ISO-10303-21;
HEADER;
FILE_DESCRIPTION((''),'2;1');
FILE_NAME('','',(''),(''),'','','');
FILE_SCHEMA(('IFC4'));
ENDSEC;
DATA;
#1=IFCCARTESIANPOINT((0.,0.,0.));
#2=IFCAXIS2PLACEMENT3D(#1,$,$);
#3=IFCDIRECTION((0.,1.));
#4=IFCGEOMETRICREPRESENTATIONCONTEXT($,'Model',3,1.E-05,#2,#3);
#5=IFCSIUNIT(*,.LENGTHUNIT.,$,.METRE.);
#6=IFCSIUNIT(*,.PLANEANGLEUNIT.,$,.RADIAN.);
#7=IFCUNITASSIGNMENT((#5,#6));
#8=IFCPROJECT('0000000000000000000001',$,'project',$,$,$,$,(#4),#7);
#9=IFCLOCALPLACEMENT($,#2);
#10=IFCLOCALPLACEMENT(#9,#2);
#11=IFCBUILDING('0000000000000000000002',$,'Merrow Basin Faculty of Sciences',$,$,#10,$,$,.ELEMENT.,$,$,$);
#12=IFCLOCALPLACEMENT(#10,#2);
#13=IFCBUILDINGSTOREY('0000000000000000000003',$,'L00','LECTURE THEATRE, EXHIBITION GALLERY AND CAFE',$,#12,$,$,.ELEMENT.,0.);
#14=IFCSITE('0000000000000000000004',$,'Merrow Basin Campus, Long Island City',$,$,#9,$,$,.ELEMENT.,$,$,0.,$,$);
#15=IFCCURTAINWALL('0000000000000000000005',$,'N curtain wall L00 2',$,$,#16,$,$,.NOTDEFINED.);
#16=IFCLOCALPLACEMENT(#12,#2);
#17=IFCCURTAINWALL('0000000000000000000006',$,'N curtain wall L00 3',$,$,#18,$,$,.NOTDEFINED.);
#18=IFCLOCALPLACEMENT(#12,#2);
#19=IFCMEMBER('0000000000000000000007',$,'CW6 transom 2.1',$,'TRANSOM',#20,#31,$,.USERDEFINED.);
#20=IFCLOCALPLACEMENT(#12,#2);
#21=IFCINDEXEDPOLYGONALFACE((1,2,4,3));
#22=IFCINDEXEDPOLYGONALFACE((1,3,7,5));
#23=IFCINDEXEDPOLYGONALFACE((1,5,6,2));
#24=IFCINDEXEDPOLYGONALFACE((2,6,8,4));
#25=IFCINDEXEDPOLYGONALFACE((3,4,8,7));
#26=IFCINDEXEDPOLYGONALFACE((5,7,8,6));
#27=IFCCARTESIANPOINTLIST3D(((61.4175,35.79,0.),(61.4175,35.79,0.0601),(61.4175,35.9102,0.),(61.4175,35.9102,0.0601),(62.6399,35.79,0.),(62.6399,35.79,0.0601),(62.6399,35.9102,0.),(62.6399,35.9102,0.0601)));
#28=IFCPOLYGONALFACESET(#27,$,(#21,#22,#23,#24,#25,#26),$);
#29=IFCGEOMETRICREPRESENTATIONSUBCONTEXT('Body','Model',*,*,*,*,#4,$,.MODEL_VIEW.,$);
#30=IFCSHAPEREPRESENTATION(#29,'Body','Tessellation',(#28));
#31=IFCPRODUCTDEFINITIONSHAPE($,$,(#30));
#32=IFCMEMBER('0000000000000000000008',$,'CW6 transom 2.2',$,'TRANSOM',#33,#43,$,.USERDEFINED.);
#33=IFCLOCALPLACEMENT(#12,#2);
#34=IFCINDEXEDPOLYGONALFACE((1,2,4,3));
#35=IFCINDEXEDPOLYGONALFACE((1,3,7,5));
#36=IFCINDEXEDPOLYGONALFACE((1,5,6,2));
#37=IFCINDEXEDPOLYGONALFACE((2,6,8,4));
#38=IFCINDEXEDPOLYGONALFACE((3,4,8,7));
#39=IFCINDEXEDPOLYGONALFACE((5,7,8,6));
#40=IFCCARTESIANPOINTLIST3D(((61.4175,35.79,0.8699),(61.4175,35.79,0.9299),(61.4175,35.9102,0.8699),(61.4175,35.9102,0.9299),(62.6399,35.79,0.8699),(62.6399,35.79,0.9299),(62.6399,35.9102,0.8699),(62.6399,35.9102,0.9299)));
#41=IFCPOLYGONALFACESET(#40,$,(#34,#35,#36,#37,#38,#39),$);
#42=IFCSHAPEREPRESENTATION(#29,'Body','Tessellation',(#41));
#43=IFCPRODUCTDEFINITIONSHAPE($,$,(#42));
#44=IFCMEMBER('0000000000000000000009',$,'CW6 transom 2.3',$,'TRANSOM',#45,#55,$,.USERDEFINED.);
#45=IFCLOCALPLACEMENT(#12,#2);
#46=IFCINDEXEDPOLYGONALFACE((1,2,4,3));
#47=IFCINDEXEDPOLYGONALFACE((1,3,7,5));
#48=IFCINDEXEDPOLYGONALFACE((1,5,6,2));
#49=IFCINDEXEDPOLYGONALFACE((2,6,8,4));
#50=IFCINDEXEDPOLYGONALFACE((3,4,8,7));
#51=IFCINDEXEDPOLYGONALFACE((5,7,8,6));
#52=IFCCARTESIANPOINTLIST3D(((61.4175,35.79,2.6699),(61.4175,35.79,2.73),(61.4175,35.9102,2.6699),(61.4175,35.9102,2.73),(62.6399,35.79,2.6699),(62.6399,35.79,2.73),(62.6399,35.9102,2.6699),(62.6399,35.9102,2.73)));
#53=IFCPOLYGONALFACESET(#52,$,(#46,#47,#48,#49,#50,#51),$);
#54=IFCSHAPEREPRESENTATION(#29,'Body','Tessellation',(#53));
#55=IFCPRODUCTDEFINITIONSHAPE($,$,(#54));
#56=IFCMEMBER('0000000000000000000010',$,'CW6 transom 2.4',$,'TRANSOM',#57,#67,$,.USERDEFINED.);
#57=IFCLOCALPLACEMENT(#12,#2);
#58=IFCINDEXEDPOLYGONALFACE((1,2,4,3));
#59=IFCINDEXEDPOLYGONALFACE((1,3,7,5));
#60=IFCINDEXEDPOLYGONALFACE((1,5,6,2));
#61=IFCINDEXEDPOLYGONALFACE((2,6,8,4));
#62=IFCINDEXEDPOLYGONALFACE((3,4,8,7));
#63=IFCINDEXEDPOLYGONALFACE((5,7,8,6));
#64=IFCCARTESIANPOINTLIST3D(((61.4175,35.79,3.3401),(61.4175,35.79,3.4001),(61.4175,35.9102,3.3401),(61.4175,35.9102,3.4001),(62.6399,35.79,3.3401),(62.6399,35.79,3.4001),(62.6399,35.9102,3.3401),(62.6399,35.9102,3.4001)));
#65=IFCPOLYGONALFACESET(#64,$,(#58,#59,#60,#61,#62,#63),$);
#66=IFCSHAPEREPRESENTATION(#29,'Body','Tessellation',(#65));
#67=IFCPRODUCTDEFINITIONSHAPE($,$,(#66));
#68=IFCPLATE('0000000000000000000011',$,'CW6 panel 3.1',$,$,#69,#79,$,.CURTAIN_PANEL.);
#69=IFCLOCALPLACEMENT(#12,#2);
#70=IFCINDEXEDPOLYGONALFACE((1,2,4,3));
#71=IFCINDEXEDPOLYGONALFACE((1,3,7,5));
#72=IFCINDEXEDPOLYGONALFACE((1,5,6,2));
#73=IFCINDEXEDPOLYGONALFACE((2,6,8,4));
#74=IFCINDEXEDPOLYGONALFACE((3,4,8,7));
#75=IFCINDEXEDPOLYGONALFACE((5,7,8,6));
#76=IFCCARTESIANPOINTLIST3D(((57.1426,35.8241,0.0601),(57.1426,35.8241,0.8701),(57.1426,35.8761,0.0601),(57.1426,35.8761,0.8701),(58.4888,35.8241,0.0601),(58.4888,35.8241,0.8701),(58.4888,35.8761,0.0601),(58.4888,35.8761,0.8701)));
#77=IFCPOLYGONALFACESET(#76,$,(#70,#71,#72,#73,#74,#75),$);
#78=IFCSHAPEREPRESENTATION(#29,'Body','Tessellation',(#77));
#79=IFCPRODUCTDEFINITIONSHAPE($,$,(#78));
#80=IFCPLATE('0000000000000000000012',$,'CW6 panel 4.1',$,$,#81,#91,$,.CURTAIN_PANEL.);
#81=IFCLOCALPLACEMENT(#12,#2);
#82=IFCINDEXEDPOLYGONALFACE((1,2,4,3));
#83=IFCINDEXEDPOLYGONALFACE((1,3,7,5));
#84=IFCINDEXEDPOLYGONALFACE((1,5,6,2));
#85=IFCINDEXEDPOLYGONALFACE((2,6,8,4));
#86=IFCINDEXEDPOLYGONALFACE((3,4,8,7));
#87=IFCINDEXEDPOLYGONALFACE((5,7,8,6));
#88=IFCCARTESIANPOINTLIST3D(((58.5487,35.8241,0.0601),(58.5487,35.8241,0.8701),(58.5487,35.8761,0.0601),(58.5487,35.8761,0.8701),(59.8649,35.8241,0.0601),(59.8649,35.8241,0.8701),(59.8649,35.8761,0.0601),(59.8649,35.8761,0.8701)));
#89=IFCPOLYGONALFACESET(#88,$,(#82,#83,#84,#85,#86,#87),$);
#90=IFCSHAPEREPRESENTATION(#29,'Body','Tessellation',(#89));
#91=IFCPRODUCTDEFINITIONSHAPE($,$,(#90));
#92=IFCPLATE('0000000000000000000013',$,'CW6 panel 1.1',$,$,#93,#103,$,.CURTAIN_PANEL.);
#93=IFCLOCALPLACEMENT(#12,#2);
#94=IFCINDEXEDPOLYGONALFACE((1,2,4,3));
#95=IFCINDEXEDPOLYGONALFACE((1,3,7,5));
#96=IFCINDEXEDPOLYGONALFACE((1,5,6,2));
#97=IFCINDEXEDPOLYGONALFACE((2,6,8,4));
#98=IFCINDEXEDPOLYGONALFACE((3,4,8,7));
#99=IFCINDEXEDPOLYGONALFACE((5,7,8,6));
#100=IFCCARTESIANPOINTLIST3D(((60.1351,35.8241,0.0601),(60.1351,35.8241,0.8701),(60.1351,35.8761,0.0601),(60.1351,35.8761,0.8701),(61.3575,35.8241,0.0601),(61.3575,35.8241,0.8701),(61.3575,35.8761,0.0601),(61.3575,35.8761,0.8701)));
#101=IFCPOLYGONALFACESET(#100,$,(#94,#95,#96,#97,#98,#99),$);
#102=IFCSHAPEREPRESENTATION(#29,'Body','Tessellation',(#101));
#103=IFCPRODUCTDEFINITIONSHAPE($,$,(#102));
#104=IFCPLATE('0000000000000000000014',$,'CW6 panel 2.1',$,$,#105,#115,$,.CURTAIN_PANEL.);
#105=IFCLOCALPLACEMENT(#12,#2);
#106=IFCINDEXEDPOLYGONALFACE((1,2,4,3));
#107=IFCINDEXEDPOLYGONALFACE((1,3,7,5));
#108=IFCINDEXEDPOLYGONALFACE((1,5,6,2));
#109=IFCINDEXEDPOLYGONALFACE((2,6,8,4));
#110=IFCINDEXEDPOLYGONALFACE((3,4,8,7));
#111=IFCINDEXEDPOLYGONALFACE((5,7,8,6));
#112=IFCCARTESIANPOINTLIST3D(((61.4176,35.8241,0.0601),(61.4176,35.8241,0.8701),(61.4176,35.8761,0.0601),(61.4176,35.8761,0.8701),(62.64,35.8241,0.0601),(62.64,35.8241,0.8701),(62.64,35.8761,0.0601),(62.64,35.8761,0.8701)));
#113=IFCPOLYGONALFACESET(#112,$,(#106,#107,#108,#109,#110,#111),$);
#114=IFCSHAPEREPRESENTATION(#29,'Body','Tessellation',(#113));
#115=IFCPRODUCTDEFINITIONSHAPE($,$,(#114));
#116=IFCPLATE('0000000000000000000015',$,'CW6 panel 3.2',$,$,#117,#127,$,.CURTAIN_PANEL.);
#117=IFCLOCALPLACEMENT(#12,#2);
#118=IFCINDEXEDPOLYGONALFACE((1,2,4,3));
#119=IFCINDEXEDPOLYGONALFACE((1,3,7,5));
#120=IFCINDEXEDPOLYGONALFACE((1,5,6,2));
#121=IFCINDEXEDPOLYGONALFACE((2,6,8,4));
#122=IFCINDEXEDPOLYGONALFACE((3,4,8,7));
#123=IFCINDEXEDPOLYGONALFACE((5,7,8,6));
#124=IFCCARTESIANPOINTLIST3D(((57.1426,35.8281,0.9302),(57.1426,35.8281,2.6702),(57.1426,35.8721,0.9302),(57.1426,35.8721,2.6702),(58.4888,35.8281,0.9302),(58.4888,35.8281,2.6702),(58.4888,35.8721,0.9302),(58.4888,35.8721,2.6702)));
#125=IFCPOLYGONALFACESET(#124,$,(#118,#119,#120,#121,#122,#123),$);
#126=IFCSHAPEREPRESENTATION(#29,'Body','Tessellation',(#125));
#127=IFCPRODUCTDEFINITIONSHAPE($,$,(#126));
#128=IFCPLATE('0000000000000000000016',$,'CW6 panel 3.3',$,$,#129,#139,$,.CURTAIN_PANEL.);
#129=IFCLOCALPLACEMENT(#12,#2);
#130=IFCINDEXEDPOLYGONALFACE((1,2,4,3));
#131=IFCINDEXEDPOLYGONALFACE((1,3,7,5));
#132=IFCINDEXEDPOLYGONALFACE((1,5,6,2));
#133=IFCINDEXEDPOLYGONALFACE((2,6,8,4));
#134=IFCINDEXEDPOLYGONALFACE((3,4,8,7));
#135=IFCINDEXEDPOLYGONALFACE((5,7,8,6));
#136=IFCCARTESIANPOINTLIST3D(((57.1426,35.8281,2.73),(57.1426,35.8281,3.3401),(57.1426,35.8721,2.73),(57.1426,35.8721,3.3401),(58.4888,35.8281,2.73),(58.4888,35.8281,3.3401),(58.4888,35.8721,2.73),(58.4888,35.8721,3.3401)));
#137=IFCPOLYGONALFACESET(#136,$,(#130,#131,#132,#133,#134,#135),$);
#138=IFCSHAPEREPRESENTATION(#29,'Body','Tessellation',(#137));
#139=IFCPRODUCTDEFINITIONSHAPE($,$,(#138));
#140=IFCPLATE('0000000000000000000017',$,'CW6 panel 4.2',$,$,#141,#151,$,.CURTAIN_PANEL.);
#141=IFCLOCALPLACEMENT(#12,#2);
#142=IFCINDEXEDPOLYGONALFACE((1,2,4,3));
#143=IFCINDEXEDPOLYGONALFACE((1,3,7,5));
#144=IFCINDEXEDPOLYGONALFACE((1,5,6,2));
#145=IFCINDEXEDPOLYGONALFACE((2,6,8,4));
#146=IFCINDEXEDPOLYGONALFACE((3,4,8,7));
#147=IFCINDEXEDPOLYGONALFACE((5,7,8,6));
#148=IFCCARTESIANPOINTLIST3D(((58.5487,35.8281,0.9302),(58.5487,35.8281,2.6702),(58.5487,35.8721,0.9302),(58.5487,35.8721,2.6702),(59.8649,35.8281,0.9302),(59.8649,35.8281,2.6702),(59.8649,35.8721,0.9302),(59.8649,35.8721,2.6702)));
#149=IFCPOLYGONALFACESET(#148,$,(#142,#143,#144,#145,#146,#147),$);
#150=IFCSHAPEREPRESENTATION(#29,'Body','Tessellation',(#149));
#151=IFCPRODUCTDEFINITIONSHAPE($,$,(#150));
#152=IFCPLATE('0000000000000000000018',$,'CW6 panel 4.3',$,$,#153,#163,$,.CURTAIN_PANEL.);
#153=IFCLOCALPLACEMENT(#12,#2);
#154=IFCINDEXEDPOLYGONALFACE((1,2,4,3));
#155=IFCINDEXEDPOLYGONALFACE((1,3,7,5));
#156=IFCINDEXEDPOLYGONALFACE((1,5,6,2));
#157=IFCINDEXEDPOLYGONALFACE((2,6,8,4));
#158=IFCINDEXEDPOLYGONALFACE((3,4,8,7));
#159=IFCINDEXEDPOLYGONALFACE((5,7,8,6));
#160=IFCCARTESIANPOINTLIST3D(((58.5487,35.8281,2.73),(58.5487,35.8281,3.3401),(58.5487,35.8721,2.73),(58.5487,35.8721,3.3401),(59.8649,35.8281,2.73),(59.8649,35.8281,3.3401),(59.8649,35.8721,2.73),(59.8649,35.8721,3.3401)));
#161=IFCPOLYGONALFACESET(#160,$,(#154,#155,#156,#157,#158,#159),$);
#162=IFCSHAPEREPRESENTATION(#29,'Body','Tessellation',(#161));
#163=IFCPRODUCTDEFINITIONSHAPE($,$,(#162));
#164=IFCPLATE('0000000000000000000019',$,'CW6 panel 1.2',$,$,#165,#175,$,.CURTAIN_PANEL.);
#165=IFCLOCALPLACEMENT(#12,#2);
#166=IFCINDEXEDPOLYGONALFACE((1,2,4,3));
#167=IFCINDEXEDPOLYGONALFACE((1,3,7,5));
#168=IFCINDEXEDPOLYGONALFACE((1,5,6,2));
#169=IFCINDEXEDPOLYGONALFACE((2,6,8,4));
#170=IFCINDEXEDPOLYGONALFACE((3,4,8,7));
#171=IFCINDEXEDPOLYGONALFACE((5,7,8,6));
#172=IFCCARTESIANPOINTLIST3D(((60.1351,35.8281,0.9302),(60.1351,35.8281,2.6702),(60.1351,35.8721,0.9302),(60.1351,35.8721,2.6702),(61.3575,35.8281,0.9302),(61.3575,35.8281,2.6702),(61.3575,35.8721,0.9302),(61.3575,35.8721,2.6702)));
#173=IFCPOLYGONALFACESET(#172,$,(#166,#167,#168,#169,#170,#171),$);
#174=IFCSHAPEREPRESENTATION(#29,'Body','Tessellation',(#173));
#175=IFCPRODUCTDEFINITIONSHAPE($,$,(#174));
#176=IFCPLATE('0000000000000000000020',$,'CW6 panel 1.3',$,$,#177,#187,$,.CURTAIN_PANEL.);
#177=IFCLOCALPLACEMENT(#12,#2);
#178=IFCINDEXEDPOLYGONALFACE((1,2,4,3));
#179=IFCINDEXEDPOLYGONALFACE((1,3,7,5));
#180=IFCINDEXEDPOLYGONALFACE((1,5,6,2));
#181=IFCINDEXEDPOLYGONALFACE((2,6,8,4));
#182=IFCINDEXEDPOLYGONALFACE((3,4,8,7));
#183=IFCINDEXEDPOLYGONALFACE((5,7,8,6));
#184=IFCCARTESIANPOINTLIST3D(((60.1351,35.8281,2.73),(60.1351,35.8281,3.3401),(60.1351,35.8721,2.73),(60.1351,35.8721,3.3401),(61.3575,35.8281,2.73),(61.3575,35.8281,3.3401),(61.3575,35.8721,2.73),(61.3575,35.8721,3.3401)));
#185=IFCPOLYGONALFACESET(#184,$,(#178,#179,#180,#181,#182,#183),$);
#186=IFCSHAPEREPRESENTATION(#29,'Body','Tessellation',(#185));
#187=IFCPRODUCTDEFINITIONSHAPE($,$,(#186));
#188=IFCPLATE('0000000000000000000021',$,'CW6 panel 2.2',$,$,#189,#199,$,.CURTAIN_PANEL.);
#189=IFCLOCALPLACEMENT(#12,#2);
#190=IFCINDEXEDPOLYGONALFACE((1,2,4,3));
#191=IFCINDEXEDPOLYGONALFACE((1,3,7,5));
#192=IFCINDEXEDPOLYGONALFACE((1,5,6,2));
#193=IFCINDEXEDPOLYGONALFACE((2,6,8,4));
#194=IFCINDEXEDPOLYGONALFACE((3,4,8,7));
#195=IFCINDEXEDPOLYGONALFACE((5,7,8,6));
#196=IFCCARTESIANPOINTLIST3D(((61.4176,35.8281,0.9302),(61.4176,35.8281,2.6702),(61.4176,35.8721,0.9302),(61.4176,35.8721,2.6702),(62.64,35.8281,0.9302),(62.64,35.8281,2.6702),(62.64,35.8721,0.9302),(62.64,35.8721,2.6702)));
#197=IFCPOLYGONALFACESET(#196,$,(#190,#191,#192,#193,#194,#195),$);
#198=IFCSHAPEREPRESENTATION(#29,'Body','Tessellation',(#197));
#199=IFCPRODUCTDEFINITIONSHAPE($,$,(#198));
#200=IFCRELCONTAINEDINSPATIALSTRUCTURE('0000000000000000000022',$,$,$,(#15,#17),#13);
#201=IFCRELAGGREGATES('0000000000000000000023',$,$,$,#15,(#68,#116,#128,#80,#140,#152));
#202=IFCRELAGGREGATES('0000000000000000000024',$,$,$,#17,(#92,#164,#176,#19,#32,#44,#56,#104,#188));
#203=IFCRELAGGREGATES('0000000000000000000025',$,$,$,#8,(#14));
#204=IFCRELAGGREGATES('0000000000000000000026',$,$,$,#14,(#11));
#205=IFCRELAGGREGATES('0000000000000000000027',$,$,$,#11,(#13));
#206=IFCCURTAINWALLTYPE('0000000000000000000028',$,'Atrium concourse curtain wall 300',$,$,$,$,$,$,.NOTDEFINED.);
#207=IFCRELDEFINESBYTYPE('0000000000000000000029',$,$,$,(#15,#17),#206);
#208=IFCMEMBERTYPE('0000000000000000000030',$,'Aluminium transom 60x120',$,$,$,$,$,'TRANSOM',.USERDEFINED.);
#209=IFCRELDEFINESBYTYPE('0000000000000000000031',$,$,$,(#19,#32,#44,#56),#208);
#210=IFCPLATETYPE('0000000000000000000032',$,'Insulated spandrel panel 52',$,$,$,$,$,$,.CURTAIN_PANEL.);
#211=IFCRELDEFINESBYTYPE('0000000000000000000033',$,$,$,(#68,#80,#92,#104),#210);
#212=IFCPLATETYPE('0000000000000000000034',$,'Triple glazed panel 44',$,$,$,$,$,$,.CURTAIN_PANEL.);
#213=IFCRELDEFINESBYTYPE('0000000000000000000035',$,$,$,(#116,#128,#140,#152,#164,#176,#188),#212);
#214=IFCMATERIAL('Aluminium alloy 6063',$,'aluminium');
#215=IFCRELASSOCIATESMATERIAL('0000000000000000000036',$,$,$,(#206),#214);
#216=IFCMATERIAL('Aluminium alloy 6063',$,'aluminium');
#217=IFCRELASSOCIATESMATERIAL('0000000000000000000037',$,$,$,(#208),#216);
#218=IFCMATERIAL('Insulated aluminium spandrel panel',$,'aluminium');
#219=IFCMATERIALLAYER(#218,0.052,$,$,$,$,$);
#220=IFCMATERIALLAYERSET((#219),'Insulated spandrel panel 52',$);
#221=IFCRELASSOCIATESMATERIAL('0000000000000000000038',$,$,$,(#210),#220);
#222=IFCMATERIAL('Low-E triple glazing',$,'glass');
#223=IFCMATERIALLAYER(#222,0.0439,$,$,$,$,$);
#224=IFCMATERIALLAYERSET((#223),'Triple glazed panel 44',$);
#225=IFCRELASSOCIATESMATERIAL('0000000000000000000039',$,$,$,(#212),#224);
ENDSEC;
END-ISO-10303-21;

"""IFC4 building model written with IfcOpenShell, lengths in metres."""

from ifc_helpers import new_model, si_unit, direction, frame, origin, origin_2d, place, context, subcontext, project, spatial, rectangle, extrude, material, layer, layer_set, material_profile, profile_set, type_object, element, aggregate, save


model = new_model("IFC4")

# Units and contexts
model_context = context("Model", 3, precision=1e-05, world=origin(), true_north=direction((0.0, 1.0)))
body_context = subcontext(model_context, "Body", "Model", "MODEL_VIEW")
ifc_project = project(units=[si_unit("LENGTHUNIT", "METRE"), si_unit("PLANEANGLEUNIT", "RADIAN")], contexts=[model_context])

# Site, building, storey
site_placement = place(None, origin())
site = spatial("IfcSite", under=ifc_project, at=site_placement, Name="Merrow Basin Campus, Long Island City", CompositionType="ELEMENT", RefElevation=0.0)
building_placement = place(site_placement, origin())
building = spatial("IfcBuilding", under=site, at=building_placement, Name="Merrow Basin Faculty of Sciences", CompositionType="ELEMENT")
storey_placement = place(building_placement, origin())
storey = spatial("IfcBuildingStorey", under=building, at=storey_placement, Name="L00", Description="LECTURE THEATRE, EXHIBITION GALLERY AND CAFE", CompositionType="ELEMENT", Elevation=0.0)

# Curtain walls
ifc_material_1 = material(Name="Aluminium alloy 6063", Category="aluminium")
curtain_wall_type = type_object("IfcCurtainWallType", Name="Atrium concourse curtain wall 300", PredefinedType="NOTDEFINED", material=ifc_material_1)
curtain_wall_1_placement = place(storey_placement, origin())
curtain_wall_1 = element("IfcCurtainWall", 1, at=curtain_wall_1_placement, inside=storey, type_object=curtain_wall_type, Name="N curtain wall L00 2", PredefinedType="NOTDEFINED")
curtain_wall_2_placement = place(storey_placement, origin())
curtain_wall_2 = element("IfcCurtainWall", 2, at=curtain_wall_2_placement, inside=storey, type_object=curtain_wall_type, Name="N curtain wall L00 3", PredefinedType="NOTDEFINED")

# Members
ifc_material_2 = material(Name="Aluminium alloy 6063", Category="aluminium")
ifc_material_profile_1 = material_profile(ifc_material_2, rectangle(XDim=0.1201, YDim=0.0601, at=origin_2d()))
ifc_profile_set_1 = profile_set([ifc_material_profile_1], Name="Aluminium alloy 6063")
member_type_1 = type_object("IfcMemberType", Name="Aluminium transom 60x120", ElementType="TRANSOM", PredefinedType="USERDEFINED", material=ifc_profile_set_1)
member_1_placement = place(storey_placement, frame((61.4175, 35.8501, 0.03), z_axis=(1.0, 0.0, 0.0), x_axis=(0.0, 1.0, 0.0)))
member_1 = element("IfcMember", 3, at=member_1_placement, type_object=member_type_1, Name="CW6 transom 2.1", ObjectType="TRANSOM", PredefinedType="USERDEFINED", context=body_context, shape_type="SweptSolid", body=[
    extrude(rectangle(XDim=0.1201, YDim=0.0601, at=origin_2d()), origin(), (0.0, 0.0, 1.0), 1.2224),
])
member_2_placement = place(storey_placement, frame((61.4175, 35.8501, 0.8999), z_axis=(1.0, 0.0, 0.0), x_axis=(0.0, 1.0, 0.0)))
member_2 = element("IfcMember", 4, at=member_2_placement, type_object=member_type_1, Name="CW6 transom 2.2", ObjectType="TRANSOM", PredefinedType="USERDEFINED", context=body_context, shape_type="SweptSolid", body=[
    extrude(rectangle(XDim=0.1201, YDim=0.0601, at=origin_2d()), origin(), (0.0, 0.0, 1.0), 1.2224),
])
member_3_placement = place(storey_placement, frame((61.4175, 35.8501, 2.7), z_axis=(1.0, 0.0, 0.0), x_axis=(0.0, 1.0, 0.0)))
member_3 = element("IfcMember", 5, at=member_3_placement, type_object=member_type_1, Name="CW6 transom 2.3", ObjectType="TRANSOM", PredefinedType="USERDEFINED", context=body_context, shape_type="SweptSolid", body=[
    extrude(rectangle(XDim=0.1201, YDim=0.0601, at=origin_2d()), origin(), (0.0, 0.0, 1.0), 1.2224),
])
member_4_placement = place(storey_placement, frame((61.4175, 35.8501, 3.3701), z_axis=(1.0, 0.0, 0.0), x_axis=(0.0, 1.0, 0.0)))
member_4 = element("IfcMember", 6, at=member_4_placement, type_object=member_type_1, Name="CW6 transom 2.4", ObjectType="TRANSOM", PredefinedType="USERDEFINED", context=body_context, shape_type="SweptSolid", body=[
    extrude(rectangle(XDim=0.1201, YDim=0.0601, at=origin_2d()), origin(), (0.0, 0.0, 1.0), 1.2224),
])

# Plates
ifc_material_3 = material(Name="Insulated aluminium spandrel panel", Category="aluminium")
ifc_layer_1 = layer(ifc_material_3, 0.052)
ifc_layer_set_1 = layer_set([ifc_layer_1], Name="Insulated spandrel panel 52")
plate_type_1 = type_object("IfcPlateType", Name="Insulated spandrel panel 52", PredefinedType="CURTAIN_PANEL", material=ifc_layer_set_1)
plate_1_placement = place(storey_placement, frame((57.8157, 35.8501, 0.0601), z_axis=(0.0, 0.0, 1.0), x_axis=(1.0, 0.0, 0.0)))
plate_1 = element("IfcPlate", 7, at=plate_1_placement, type_object=plate_type_1, Name="CW6 panel 3.1", PredefinedType="CURTAIN_PANEL", context=body_context, shape_type="SweptSolid", body=[
    extrude(rectangle(XDim=1.3462, YDim=0.052, at=origin_2d()), origin(), (0.0, 0.0, 1.0), 0.8101),
])
plate_2_placement = place(storey_placement, frame((59.2068, 35.8501, 0.0601), z_axis=(0.0, 0.0, 1.0), x_axis=(1.0, 0.0, 0.0)))
plate_2 = element("IfcPlate", 8, at=plate_2_placement, type_object=plate_type_1, Name="CW6 panel 4.1", PredefinedType="CURTAIN_PANEL", context=body_context, shape_type="SweptSolid", body=[
    extrude(rectangle(XDim=1.3162, YDim=0.052, at=origin_2d()), origin(), (0.0, 0.0, 1.0), 0.8101),
])
plate_3_placement = place(storey_placement, frame((60.7463, 35.8501, 0.0601), z_axis=(0.0, 0.0, 1.0), x_axis=(1.0, 0.0, 0.0)))
plate_3 = element("IfcPlate", 9, at=plate_3_placement, type_object=plate_type_1, Name="CW6 panel 1.1", PredefinedType="CURTAIN_PANEL", context=body_context, shape_type="SweptSolid", body=[
    extrude(rectangle(XDim=1.2224, YDim=0.052, at=origin_2d()), origin(), (0.0, 0.0, 1.0), 0.8101),
])
plate_4_placement = place(storey_placement, frame((62.0288, 35.8501, 0.0601), z_axis=(0.0, 0.0, 1.0), x_axis=(1.0, 0.0, 0.0)))
plate_4 = element("IfcPlate", 10, at=plate_4_placement, type_object=plate_type_1, Name="CW6 panel 2.1", PredefinedType="CURTAIN_PANEL", context=body_context, shape_type="SweptSolid", body=[
    extrude(rectangle(XDim=1.2224, YDim=0.052, at=origin_2d()), origin(), (0.0, 0.0, 1.0), 0.8101),
])
ifc_material_4 = material(Name="Low-E triple glazing", Category="glass")
ifc_layer_2 = layer(ifc_material_4, 0.0439)
ifc_layer_set_2 = layer_set([ifc_layer_2], Name="Triple glazed panel 44")
plate_type_2 = type_object("IfcPlateType", Name="Triple glazed panel 44", PredefinedType="CURTAIN_PANEL", material=ifc_layer_set_2)
plate_5_placement = place(storey_placement, frame((57.8157, 35.8501, 0.9302), z_axis=(0.0, 0.0, 1.0), x_axis=(1.0, 0.0, 0.0)))
plate_5 = element("IfcPlate", 11, at=plate_5_placement, type_object=plate_type_2, Name="CW6 panel 3.2", PredefinedType="CURTAIN_PANEL", context=body_context, shape_type="SweptSolid", body=[
    extrude(rectangle(XDim=1.3462, YDim=0.0439, at=origin_2d()), origin(), (0.0, 0.0, 1.0), 1.74),
])
plate_6_placement = place(storey_placement, frame((57.8157, 35.8501, 2.73), z_axis=(0.0, 0.0, 1.0), x_axis=(1.0, 0.0, 0.0)))
plate_6 = element("IfcPlate", 12, at=plate_6_placement, type_object=plate_type_2, Name="CW6 panel 3.3", PredefinedType="CURTAIN_PANEL", context=body_context, shape_type="SweptSolid", body=[
    extrude(rectangle(XDim=1.3462, YDim=0.0439, at=origin_2d()), origin(), (0.0, 0.0, 1.0), 0.6101),
])
plate_7_placement = place(storey_placement, frame((59.2068, 35.8501, 0.9302), z_axis=(0.0, 0.0, 1.0), x_axis=(1.0, 0.0, 0.0)))
plate_7 = element("IfcPlate", 13, at=plate_7_placement, type_object=plate_type_2, Name="CW6 panel 4.2", PredefinedType="CURTAIN_PANEL", context=body_context, shape_type="SweptSolid", body=[
    extrude(rectangle(XDim=1.3162, YDim=0.0439, at=origin_2d()), origin(), (0.0, 0.0, 1.0), 1.74),
])
plate_8_placement = place(storey_placement, frame((59.2068, 35.8501, 2.73), z_axis=(0.0, 0.0, 1.0), x_axis=(1.0, 0.0, 0.0)))
plate_8 = element("IfcPlate", 14, at=plate_8_placement, type_object=plate_type_2, Name="CW6 panel 4.3", PredefinedType="CURTAIN_PANEL", context=body_context, shape_type="SweptSolid", body=[
    extrude(rectangle(XDim=1.3162, YDim=0.0439, at=origin_2d()), origin(), (0.0, 0.0, 1.0), 0.6101),
])
aggregate(curtain_wall_1, [plate_1, plate_5, plate_6, plate_2, plate_7, plate_8])
plate_9_placement = place(storey_placement, frame((60.7463, 35.8501, 0.9302), z_axis=(0.0, 0.0, 1.0), x_axis=(1.0, 0.0, 0.0)))
plate_9 = element("IfcPlate", 15, at=plate_9_placement, type_object=plate_type_2, Name="CW6 panel 1.2", PredefinedType="CURTAIN_PANEL", context=body_context, shape_type="SweptSolid", body=[
    extrude(rectangle(XDim=1.2224, YDim=0.0439, at=origin_2d()), origin(), (0.0, 0.0, 1.0), 1.74),
])
plate_10_placement = place(storey_placement, frame((60.7463, 35.8501, 2.73), z_axis=(0.0, 0.0, 1.0), x_axis=(1.0, 0.0, 0.0)))
plate_10 = element("IfcPlate", 16, at=plate_10_placement, type_object=plate_type_2, Name="CW6 panel 1.3", PredefinedType="CURTAIN_PANEL", context=body_context, shape_type="SweptSolid", body=[
    extrude(rectangle(XDim=1.2224, YDim=0.0439, at=origin_2d()), origin(), (0.0, 0.0, 1.0), 0.6101),
])
plate_11_placement = place(storey_placement, frame((62.0288, 35.8501, 0.9302), z_axis=(0.0, 0.0, 1.0), x_axis=(1.0, 0.0, 0.0)))
plate_11 = element("IfcPlate", 17, at=plate_11_placement, type_object=plate_type_2, Name="CW6 panel 2.2", PredefinedType="CURTAIN_PANEL", context=body_context, shape_type="SweptSolid", body=[
    extrude(rectangle(XDim=1.2224, YDim=0.0439, at=origin_2d()), origin(), (0.0, 0.0, 1.0), 1.74),
])
aggregate(curtain_wall_2, [plate_3, plate_9, plate_10, member_1, member_2, member_3, member_4, plate_4, plate_11])

save(model, "model.ifc")
